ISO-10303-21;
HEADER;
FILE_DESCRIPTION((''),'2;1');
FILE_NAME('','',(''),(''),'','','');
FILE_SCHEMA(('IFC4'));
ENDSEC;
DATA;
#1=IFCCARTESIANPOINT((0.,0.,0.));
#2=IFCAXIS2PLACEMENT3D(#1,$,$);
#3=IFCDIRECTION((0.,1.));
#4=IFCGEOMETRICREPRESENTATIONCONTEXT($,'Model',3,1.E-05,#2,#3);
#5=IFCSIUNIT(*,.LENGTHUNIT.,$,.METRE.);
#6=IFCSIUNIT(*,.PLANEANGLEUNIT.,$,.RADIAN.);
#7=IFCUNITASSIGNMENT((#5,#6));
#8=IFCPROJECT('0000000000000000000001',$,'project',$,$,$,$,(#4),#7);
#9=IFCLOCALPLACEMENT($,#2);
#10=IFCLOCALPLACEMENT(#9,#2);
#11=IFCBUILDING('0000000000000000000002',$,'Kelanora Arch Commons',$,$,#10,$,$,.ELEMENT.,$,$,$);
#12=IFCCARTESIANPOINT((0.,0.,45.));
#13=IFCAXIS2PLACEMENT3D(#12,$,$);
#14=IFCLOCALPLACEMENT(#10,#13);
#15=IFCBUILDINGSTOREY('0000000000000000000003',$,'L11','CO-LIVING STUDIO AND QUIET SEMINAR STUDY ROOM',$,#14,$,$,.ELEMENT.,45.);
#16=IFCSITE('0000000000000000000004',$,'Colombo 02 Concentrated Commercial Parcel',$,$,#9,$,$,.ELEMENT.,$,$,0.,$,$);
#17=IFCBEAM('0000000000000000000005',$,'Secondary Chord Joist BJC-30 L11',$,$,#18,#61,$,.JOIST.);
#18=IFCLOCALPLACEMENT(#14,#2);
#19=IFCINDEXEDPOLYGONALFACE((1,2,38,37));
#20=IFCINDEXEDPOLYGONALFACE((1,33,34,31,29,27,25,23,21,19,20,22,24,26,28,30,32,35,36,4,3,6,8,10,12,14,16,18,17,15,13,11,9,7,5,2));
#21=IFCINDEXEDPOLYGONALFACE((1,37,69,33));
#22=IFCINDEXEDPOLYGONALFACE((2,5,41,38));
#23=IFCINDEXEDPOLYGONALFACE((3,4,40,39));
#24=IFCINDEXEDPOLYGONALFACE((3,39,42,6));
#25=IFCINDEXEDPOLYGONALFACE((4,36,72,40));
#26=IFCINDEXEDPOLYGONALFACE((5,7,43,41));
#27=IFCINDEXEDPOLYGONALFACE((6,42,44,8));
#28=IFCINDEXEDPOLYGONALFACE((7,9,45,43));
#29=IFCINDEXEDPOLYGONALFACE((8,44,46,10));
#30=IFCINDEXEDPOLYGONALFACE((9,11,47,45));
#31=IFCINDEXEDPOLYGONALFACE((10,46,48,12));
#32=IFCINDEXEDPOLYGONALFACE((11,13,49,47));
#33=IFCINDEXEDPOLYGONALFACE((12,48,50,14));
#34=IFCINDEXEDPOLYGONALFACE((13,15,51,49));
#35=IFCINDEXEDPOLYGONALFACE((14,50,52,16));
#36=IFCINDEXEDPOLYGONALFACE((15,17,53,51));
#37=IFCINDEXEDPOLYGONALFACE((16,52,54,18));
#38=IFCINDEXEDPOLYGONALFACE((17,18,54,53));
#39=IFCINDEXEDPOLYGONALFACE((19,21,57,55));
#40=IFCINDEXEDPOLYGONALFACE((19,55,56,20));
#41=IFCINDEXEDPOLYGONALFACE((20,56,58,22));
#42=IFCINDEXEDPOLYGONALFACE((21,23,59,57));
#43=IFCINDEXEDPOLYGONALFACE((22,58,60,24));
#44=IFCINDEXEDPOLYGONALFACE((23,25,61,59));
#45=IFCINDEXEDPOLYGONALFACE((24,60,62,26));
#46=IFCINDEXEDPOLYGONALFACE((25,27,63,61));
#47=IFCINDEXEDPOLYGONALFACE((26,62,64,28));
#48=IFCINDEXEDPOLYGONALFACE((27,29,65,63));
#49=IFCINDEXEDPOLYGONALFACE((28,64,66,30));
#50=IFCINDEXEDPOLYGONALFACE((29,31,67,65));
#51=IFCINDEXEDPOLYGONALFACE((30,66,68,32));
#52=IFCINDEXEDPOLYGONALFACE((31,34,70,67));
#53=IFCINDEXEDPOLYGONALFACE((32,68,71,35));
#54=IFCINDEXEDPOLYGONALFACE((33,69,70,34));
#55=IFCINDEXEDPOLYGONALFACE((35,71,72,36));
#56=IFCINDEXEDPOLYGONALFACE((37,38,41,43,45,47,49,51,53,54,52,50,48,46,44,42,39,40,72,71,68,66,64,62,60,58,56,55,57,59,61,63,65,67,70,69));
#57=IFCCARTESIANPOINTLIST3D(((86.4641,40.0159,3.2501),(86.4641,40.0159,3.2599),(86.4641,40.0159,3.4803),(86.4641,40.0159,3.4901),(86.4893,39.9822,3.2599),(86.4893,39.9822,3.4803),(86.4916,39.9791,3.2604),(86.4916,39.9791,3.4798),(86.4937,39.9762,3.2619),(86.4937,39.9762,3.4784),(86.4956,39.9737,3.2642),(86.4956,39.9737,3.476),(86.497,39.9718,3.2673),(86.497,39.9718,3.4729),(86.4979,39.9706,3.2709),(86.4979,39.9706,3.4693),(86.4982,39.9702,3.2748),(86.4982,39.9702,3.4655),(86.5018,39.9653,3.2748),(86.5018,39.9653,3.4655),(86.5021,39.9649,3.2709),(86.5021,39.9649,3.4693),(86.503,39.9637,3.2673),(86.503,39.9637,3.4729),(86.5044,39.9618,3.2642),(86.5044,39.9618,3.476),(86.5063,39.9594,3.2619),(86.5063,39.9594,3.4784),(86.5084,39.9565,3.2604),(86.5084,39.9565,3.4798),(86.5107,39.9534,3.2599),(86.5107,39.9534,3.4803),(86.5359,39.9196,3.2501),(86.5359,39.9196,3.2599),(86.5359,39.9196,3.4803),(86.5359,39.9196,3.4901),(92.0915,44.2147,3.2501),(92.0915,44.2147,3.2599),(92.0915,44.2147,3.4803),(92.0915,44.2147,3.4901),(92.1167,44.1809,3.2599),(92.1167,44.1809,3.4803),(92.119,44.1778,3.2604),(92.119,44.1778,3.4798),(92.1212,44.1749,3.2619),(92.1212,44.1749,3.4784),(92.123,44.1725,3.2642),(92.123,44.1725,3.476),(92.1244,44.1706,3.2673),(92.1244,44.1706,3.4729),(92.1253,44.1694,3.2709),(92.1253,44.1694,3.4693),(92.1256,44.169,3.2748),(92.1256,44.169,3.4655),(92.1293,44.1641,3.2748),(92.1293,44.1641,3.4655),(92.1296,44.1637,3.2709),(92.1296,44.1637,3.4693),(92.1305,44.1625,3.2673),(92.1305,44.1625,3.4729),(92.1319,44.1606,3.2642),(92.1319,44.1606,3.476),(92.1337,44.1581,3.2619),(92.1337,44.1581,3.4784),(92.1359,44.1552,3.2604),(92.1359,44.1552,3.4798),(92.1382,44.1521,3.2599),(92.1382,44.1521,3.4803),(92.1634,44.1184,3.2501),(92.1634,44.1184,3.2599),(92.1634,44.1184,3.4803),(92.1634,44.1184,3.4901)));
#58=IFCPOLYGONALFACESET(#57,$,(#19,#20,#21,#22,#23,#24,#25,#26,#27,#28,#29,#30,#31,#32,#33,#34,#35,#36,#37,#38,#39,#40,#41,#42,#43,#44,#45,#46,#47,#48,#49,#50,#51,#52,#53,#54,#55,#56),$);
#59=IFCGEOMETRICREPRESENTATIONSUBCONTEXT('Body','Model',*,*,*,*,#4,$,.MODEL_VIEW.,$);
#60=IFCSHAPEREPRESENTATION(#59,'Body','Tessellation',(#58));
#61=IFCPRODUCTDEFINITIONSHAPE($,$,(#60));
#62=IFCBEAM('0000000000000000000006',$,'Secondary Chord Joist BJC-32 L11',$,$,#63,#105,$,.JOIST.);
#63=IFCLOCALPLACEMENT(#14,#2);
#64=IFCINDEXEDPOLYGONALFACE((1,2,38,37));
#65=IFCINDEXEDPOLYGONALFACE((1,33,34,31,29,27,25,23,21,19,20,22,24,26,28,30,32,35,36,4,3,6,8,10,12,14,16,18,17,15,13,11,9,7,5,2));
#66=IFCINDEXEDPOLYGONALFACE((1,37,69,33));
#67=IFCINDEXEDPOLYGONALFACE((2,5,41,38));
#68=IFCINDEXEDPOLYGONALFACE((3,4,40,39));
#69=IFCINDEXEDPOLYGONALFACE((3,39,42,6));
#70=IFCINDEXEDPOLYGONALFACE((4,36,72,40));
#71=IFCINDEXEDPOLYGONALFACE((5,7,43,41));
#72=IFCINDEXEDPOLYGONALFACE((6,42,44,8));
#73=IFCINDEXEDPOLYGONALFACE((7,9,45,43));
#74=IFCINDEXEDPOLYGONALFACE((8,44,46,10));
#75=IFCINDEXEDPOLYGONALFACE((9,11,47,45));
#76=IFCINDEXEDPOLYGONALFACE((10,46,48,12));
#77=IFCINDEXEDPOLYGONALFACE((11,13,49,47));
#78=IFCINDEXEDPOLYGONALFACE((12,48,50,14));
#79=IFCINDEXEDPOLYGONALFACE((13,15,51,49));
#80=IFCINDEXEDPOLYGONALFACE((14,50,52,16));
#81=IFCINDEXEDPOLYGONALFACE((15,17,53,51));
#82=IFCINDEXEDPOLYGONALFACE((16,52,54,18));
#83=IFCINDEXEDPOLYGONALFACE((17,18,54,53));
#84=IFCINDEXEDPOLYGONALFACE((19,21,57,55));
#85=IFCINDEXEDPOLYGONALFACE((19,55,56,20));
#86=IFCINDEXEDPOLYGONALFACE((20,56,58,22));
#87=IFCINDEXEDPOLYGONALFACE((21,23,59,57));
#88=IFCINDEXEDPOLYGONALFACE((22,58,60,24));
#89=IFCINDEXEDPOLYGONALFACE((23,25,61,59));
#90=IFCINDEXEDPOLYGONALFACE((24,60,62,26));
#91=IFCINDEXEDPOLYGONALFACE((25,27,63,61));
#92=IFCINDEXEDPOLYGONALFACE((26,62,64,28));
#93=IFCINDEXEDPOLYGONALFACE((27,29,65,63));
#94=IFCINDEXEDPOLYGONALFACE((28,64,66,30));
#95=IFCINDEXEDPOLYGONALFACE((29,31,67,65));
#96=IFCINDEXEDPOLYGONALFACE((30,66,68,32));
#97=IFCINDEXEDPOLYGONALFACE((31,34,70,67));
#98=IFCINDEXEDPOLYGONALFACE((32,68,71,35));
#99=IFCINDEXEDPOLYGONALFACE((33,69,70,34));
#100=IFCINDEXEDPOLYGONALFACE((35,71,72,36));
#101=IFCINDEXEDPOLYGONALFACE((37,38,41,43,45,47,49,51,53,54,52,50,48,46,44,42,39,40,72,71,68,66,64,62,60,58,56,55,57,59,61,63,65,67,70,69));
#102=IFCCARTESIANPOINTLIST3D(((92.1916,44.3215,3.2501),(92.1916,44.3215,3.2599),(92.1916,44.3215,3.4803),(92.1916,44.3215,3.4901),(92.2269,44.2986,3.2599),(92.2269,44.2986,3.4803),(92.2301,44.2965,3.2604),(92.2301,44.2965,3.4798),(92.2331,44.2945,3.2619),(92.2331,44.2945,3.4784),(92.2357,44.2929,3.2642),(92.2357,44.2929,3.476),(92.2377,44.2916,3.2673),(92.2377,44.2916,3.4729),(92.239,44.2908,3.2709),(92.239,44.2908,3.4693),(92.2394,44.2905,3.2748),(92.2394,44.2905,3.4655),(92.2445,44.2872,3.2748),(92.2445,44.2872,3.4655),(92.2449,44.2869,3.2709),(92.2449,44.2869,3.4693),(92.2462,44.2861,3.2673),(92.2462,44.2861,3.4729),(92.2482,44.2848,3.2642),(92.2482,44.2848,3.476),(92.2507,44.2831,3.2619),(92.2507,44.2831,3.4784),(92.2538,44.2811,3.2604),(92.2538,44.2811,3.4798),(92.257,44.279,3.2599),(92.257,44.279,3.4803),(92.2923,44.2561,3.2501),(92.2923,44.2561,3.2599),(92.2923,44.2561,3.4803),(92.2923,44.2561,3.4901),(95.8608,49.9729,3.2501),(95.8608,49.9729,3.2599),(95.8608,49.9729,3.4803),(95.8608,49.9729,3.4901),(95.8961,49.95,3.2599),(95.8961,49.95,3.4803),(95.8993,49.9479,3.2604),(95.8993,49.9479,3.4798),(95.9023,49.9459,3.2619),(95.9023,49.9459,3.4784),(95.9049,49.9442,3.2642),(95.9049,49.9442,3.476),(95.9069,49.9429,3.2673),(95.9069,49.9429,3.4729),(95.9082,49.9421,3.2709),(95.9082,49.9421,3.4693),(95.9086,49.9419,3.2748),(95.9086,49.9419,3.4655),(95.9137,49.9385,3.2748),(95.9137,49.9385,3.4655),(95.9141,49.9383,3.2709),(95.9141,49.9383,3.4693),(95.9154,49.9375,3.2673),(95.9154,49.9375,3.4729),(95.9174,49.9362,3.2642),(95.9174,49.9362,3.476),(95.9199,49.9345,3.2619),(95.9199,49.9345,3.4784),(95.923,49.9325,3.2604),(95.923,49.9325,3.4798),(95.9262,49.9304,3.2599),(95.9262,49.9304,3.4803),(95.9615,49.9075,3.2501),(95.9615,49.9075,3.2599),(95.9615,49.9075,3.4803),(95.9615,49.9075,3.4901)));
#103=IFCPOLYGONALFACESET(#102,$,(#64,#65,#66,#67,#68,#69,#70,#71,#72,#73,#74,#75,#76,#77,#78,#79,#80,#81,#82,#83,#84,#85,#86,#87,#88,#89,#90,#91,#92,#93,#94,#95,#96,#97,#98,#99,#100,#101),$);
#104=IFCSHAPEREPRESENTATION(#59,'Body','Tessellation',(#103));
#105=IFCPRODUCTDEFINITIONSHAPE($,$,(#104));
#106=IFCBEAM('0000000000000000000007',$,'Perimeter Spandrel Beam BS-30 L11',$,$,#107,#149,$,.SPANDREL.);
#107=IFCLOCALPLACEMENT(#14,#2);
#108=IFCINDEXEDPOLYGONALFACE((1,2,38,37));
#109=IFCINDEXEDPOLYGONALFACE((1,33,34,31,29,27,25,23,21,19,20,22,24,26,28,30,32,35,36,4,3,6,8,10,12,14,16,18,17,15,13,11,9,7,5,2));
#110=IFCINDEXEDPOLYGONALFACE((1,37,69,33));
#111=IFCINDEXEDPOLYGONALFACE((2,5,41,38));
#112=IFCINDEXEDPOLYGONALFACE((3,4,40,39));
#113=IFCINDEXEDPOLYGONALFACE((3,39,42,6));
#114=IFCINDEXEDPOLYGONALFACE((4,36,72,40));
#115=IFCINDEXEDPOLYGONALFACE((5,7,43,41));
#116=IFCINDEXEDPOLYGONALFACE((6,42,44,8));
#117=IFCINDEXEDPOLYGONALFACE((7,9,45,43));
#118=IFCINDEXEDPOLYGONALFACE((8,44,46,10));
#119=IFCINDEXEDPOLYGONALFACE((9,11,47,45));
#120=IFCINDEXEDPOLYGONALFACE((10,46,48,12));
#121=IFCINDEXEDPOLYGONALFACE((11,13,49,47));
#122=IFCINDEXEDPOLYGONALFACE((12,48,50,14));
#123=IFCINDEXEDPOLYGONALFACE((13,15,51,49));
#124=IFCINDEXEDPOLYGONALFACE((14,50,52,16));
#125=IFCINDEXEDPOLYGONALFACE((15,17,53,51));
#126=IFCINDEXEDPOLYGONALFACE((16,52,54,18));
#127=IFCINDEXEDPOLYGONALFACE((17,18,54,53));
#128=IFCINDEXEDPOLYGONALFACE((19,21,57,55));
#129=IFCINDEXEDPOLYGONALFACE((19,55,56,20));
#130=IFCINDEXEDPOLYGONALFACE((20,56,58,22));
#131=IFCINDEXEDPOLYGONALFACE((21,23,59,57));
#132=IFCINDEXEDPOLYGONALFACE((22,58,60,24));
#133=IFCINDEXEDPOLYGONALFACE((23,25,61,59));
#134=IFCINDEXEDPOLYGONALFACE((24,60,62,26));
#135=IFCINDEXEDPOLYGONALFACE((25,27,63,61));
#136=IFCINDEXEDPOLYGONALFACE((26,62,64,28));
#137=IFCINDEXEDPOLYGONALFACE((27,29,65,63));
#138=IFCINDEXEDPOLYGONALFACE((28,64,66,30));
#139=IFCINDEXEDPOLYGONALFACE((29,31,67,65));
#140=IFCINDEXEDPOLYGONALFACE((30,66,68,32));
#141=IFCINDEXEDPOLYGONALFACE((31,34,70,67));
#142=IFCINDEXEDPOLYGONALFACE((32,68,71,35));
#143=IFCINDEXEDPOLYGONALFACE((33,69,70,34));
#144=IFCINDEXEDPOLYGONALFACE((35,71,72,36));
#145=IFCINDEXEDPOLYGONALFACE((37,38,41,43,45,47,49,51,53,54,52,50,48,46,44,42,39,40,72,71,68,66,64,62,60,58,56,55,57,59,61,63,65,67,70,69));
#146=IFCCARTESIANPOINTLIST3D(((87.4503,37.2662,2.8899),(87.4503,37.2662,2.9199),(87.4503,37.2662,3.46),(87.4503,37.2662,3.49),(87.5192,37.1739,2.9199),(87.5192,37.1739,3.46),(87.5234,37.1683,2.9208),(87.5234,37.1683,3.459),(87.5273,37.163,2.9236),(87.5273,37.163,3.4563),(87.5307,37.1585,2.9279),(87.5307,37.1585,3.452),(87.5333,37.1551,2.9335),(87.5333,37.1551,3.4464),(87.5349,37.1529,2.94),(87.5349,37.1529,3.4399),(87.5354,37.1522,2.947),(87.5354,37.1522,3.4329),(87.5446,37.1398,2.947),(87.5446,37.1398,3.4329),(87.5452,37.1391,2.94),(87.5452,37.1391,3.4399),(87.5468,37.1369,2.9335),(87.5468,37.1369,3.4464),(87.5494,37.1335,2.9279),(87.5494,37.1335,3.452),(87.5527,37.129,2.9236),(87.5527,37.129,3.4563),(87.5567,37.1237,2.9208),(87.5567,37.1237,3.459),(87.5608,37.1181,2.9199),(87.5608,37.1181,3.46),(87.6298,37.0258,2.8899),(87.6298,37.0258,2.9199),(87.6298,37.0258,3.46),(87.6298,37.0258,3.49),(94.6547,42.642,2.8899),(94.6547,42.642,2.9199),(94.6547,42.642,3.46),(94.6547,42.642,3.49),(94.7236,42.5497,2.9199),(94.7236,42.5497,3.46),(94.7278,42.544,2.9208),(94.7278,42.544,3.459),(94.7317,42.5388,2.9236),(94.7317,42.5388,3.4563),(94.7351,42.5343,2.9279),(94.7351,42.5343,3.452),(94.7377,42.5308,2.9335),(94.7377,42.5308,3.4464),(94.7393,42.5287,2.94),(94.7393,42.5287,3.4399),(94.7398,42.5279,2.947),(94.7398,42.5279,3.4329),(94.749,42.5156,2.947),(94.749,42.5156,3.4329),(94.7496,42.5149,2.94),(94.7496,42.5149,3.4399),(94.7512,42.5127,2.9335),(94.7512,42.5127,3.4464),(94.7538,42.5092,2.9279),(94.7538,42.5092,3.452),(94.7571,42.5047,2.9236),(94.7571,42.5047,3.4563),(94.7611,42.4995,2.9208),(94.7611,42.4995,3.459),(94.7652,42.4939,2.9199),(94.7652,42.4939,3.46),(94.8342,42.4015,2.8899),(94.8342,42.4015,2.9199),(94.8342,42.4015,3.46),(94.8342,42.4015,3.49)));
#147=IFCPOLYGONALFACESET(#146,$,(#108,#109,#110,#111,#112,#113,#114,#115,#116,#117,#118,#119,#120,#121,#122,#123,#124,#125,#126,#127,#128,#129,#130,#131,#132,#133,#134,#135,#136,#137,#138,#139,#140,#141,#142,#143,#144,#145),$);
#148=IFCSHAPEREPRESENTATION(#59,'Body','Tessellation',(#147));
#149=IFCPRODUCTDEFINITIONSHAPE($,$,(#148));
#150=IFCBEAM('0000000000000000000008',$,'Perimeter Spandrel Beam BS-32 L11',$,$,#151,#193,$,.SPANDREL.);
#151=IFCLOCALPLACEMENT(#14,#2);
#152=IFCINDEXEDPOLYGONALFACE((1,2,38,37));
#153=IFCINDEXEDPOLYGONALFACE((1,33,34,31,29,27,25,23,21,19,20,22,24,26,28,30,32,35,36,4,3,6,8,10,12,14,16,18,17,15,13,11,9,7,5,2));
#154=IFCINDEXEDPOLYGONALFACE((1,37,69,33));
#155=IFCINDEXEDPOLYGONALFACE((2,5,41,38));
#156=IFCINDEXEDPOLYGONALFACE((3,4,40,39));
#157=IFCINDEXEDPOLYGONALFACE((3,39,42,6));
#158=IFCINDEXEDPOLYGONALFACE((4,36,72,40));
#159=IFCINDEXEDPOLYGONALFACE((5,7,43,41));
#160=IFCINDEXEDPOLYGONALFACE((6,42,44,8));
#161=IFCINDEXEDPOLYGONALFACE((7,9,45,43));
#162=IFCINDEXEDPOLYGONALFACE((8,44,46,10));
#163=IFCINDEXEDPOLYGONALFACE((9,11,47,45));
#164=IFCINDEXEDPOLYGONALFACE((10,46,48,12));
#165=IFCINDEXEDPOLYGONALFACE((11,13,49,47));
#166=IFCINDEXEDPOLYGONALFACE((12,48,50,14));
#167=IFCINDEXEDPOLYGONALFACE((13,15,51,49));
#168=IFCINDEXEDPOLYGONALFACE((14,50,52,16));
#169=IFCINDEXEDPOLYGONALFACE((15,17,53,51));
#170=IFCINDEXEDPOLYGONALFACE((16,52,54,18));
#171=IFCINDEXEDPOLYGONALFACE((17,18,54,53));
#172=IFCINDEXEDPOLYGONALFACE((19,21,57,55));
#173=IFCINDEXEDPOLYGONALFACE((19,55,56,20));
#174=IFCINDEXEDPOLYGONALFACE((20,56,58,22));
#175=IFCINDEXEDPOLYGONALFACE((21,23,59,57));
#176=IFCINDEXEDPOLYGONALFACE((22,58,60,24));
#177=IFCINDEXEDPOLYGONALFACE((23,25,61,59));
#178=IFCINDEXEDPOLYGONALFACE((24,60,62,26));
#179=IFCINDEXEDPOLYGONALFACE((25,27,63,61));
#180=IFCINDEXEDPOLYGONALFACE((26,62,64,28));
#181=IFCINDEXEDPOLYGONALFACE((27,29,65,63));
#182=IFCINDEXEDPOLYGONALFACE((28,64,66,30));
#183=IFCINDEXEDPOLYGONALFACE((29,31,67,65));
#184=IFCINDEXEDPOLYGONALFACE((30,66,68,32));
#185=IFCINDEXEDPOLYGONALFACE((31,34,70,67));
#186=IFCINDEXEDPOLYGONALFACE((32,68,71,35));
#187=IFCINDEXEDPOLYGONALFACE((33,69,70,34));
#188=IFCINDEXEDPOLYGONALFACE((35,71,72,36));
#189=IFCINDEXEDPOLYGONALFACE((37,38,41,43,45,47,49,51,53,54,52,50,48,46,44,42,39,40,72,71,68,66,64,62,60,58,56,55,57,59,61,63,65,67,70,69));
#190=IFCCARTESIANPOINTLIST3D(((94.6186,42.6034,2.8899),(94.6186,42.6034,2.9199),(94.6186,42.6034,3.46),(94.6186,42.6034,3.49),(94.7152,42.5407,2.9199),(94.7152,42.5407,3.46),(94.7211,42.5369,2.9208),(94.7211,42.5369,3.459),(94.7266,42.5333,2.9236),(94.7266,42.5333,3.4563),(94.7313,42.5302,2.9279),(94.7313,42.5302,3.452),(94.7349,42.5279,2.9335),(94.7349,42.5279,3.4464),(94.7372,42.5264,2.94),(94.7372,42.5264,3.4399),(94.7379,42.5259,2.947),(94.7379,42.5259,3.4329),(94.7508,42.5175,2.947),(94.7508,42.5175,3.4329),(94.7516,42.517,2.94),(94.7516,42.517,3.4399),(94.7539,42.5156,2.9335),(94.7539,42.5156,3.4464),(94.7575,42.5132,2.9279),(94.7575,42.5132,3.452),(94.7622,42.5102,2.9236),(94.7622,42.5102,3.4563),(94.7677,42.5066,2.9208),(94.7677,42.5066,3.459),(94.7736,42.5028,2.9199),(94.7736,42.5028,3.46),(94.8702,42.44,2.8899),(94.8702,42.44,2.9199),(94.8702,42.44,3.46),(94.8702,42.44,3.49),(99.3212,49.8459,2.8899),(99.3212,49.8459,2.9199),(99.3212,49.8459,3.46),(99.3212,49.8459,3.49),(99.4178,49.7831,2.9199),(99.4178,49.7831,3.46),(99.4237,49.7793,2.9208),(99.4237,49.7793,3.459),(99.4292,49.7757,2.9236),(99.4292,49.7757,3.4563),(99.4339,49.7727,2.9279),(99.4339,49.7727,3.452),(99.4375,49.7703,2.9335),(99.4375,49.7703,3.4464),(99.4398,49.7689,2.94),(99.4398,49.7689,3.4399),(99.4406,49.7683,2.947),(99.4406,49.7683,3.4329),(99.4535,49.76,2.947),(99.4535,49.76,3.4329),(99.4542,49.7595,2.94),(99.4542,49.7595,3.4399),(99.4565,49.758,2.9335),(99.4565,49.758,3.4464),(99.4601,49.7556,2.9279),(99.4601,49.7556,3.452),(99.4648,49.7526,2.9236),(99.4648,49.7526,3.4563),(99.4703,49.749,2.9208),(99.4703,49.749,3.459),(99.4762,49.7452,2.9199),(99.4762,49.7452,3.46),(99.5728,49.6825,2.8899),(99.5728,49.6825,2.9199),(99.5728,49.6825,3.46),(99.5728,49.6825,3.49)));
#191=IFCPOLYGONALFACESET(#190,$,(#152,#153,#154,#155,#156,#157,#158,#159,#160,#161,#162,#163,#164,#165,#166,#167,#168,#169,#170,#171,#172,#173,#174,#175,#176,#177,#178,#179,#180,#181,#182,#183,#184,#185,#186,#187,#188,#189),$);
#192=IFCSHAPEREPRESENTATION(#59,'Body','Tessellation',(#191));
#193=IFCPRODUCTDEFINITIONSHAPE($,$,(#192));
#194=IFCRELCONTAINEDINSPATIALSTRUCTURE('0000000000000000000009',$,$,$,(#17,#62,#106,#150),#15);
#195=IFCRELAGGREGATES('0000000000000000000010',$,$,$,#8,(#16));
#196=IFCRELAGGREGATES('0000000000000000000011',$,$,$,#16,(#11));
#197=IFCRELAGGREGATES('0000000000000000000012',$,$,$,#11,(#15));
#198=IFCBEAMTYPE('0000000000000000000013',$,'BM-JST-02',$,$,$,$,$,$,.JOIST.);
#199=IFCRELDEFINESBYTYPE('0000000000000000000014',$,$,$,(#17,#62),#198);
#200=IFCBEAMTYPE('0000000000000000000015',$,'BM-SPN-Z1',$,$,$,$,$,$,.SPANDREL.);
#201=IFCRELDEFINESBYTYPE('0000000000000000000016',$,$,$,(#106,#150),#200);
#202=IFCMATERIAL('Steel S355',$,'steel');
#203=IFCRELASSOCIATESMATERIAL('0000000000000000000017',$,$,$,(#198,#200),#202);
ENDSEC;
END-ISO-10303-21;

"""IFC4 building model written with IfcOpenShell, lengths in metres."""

from ifc_helpers import new_model, si_unit, direction, frame, origin, origin_2d, place, context, subcontext, project, spatial, i_section, extrude, material, material_profile, profile_set, type_object, element, save


model = new_model("IFC4")

# Units and contexts
model_context = context("Model", 3, precision=1e-05, world=origin(), true_north=direction((0.0, 1.0)))
body_context = subcontext(model_context, "Body", "Model", "MODEL_VIEW")
ifc_project = project(units=[si_unit("LENGTHUNIT", "METRE"), si_unit("PLANEANGLEUNIT", "RADIAN")], contexts=[model_context])

# Site, building, storey
site_placement = place(None, origin())
site = spatial("IfcSite", under=ifc_project, at=site_placement, Name="Colombo 02 Concentrated Commercial Parcel", CompositionType="ELEMENT", RefElevation=0.0)
building_placement = place(site_placement, origin())
building = spatial("IfcBuilding", under=site, at=building_placement, Name="Kelanora Arch Commons", CompositionType="ELEMENT")
storey_placement = place(building_placement, frame((0.0, 0.0, 45.0)))
storey = spatial("IfcBuildingStorey", under=building, at=storey_placement, Name="L11", Description="CO-LIVING STUDIO AND QUIET SEMINAR STUDY ROOM", CompositionType="ELEMENT", Elevation=45.0)

# Beams
ifc_material_1 = material(Name="Steel S355", Category="steel")
ifc_material_profile_1 = material_profile(ifc_material_1, i_section(OverallWidth=0.1201, OverallDepth=0.24, WebThickness=0.0061, FlangeThickness=0.0098, FilletRadius=0.0149, at=origin_2d()), Name="IPE240")
ifc_profile_set_1 = profile_set([ifc_material_profile_1], Name="Steel S355")
beam_type_1 = type_object("IfcBeamType", Name="BM-JST-02", PredefinedType="JOIST", material=ifc_profile_set_1)
beam_1_placement = place(storey_placement, frame((86.5, 39.9678, 3.3701), z_axis=(0.801491, 0.598006, 0.0), x_axis=(-0.598006, 0.801491, 0.0)))
element("IfcBeam", 1, at=beam_1_placement, inside=storey, type_object=beam_type_1, Name="Secondary Chord Joist BJC-30 L11", PredefinedType="JOIST", context=body_context, shape_type="SweptSolid", body=[
    extrude(i_section(OverallWidth=0.1201, OverallDepth=0.24, WebThickness=0.0061, FlangeThickness=0.0098, FilletRadius=0.0149, at=origin_2d()), origin(), (0.0, 0.0, 1.0), 7.0212),
])
beam_2_placement = place(storey_placement, frame((92.2419, 44.2888, 3.3701), z_axis=(0.54455, 0.838728, 0.0), x_axis=(-0.838728, 0.54455, 0.0)))
element("IfcBeam", 2, at=beam_2_placement, inside=storey, type_object=beam_type_1, Name="Secondary Chord Joist BJC-32 L11", PredefinedType="JOIST", context=body_context, shape_type="SweptSolid", body=[
    extrude(i_section(OverallWidth=0.1201, OverallDepth=0.24, WebThickness=0.0061, FlangeThickness=0.0098, FilletRadius=0.0149, at=origin_2d()), origin(), (0.0, 0.0, 1.0), 6.738),
])
ifc_material_profile_2 = material_profile(ifc_material_1, i_section(OverallWidth=0.3, OverallDepth=0.6001, WebThickness=0.0154, FlangeThickness=0.03, FilletRadius=0.0271, at=origin_2d()), Name="HEB600")
ifc_profile_set_2 = profile_set([ifc_material_profile_2], Name="Steel S355")
beam_type_2 = type_object("IfcBeamType", Name="BM-SPN-Z1", PredefinedType="SPANDREL", material=ifc_profile_set_2)
beam_3_placement = place(storey_placement, frame((87.54, 37.146, 3.1899), z_axis=(0.801468, 0.598038, 0.0), x_axis=(-0.598038, 0.801468, 0.0)))
element("IfcBeam", 3, at=beam_3_placement, inside=storey, type_object=beam_type_2, Name="Perimeter Spandrel Beam BS-30 L11", PredefinedType="SPANDREL", context=body_context, shape_type="SweptSolid", body=[
    extrude(i_section(OverallWidth=0.3, OverallDepth=0.6001, WebThickness=0.0154, FlangeThickness=0.03, FilletRadius=0.0271, at=origin_2d()), origin(), (0.0, 0.0, 1.0), 8.989),
])
beam_4_placement = place(storey_placement, frame((94.7444, 42.5217, 3.1899), z_axis=(0.544586, 0.838705, 0.0), x_axis=(-0.838705, 0.544586, 0.0)))
element("IfcBeam", 4, at=beam_4_placement, inside=storey, type_object=beam_type_2, Name="Perimeter Spandrel Beam BS-32 L11", PredefinedType="SPANDREL", context=body_context, shape_type="SweptSolid", body=[
    extrude(i_section(OverallWidth=0.3, OverallDepth=0.6001, WebThickness=0.0154, FlangeThickness=0.03, FilletRadius=0.0271, at=origin_2d()), origin(), (0.0, 0.0, 1.0), 8.6353),
])

save(model, "model.ifc")
